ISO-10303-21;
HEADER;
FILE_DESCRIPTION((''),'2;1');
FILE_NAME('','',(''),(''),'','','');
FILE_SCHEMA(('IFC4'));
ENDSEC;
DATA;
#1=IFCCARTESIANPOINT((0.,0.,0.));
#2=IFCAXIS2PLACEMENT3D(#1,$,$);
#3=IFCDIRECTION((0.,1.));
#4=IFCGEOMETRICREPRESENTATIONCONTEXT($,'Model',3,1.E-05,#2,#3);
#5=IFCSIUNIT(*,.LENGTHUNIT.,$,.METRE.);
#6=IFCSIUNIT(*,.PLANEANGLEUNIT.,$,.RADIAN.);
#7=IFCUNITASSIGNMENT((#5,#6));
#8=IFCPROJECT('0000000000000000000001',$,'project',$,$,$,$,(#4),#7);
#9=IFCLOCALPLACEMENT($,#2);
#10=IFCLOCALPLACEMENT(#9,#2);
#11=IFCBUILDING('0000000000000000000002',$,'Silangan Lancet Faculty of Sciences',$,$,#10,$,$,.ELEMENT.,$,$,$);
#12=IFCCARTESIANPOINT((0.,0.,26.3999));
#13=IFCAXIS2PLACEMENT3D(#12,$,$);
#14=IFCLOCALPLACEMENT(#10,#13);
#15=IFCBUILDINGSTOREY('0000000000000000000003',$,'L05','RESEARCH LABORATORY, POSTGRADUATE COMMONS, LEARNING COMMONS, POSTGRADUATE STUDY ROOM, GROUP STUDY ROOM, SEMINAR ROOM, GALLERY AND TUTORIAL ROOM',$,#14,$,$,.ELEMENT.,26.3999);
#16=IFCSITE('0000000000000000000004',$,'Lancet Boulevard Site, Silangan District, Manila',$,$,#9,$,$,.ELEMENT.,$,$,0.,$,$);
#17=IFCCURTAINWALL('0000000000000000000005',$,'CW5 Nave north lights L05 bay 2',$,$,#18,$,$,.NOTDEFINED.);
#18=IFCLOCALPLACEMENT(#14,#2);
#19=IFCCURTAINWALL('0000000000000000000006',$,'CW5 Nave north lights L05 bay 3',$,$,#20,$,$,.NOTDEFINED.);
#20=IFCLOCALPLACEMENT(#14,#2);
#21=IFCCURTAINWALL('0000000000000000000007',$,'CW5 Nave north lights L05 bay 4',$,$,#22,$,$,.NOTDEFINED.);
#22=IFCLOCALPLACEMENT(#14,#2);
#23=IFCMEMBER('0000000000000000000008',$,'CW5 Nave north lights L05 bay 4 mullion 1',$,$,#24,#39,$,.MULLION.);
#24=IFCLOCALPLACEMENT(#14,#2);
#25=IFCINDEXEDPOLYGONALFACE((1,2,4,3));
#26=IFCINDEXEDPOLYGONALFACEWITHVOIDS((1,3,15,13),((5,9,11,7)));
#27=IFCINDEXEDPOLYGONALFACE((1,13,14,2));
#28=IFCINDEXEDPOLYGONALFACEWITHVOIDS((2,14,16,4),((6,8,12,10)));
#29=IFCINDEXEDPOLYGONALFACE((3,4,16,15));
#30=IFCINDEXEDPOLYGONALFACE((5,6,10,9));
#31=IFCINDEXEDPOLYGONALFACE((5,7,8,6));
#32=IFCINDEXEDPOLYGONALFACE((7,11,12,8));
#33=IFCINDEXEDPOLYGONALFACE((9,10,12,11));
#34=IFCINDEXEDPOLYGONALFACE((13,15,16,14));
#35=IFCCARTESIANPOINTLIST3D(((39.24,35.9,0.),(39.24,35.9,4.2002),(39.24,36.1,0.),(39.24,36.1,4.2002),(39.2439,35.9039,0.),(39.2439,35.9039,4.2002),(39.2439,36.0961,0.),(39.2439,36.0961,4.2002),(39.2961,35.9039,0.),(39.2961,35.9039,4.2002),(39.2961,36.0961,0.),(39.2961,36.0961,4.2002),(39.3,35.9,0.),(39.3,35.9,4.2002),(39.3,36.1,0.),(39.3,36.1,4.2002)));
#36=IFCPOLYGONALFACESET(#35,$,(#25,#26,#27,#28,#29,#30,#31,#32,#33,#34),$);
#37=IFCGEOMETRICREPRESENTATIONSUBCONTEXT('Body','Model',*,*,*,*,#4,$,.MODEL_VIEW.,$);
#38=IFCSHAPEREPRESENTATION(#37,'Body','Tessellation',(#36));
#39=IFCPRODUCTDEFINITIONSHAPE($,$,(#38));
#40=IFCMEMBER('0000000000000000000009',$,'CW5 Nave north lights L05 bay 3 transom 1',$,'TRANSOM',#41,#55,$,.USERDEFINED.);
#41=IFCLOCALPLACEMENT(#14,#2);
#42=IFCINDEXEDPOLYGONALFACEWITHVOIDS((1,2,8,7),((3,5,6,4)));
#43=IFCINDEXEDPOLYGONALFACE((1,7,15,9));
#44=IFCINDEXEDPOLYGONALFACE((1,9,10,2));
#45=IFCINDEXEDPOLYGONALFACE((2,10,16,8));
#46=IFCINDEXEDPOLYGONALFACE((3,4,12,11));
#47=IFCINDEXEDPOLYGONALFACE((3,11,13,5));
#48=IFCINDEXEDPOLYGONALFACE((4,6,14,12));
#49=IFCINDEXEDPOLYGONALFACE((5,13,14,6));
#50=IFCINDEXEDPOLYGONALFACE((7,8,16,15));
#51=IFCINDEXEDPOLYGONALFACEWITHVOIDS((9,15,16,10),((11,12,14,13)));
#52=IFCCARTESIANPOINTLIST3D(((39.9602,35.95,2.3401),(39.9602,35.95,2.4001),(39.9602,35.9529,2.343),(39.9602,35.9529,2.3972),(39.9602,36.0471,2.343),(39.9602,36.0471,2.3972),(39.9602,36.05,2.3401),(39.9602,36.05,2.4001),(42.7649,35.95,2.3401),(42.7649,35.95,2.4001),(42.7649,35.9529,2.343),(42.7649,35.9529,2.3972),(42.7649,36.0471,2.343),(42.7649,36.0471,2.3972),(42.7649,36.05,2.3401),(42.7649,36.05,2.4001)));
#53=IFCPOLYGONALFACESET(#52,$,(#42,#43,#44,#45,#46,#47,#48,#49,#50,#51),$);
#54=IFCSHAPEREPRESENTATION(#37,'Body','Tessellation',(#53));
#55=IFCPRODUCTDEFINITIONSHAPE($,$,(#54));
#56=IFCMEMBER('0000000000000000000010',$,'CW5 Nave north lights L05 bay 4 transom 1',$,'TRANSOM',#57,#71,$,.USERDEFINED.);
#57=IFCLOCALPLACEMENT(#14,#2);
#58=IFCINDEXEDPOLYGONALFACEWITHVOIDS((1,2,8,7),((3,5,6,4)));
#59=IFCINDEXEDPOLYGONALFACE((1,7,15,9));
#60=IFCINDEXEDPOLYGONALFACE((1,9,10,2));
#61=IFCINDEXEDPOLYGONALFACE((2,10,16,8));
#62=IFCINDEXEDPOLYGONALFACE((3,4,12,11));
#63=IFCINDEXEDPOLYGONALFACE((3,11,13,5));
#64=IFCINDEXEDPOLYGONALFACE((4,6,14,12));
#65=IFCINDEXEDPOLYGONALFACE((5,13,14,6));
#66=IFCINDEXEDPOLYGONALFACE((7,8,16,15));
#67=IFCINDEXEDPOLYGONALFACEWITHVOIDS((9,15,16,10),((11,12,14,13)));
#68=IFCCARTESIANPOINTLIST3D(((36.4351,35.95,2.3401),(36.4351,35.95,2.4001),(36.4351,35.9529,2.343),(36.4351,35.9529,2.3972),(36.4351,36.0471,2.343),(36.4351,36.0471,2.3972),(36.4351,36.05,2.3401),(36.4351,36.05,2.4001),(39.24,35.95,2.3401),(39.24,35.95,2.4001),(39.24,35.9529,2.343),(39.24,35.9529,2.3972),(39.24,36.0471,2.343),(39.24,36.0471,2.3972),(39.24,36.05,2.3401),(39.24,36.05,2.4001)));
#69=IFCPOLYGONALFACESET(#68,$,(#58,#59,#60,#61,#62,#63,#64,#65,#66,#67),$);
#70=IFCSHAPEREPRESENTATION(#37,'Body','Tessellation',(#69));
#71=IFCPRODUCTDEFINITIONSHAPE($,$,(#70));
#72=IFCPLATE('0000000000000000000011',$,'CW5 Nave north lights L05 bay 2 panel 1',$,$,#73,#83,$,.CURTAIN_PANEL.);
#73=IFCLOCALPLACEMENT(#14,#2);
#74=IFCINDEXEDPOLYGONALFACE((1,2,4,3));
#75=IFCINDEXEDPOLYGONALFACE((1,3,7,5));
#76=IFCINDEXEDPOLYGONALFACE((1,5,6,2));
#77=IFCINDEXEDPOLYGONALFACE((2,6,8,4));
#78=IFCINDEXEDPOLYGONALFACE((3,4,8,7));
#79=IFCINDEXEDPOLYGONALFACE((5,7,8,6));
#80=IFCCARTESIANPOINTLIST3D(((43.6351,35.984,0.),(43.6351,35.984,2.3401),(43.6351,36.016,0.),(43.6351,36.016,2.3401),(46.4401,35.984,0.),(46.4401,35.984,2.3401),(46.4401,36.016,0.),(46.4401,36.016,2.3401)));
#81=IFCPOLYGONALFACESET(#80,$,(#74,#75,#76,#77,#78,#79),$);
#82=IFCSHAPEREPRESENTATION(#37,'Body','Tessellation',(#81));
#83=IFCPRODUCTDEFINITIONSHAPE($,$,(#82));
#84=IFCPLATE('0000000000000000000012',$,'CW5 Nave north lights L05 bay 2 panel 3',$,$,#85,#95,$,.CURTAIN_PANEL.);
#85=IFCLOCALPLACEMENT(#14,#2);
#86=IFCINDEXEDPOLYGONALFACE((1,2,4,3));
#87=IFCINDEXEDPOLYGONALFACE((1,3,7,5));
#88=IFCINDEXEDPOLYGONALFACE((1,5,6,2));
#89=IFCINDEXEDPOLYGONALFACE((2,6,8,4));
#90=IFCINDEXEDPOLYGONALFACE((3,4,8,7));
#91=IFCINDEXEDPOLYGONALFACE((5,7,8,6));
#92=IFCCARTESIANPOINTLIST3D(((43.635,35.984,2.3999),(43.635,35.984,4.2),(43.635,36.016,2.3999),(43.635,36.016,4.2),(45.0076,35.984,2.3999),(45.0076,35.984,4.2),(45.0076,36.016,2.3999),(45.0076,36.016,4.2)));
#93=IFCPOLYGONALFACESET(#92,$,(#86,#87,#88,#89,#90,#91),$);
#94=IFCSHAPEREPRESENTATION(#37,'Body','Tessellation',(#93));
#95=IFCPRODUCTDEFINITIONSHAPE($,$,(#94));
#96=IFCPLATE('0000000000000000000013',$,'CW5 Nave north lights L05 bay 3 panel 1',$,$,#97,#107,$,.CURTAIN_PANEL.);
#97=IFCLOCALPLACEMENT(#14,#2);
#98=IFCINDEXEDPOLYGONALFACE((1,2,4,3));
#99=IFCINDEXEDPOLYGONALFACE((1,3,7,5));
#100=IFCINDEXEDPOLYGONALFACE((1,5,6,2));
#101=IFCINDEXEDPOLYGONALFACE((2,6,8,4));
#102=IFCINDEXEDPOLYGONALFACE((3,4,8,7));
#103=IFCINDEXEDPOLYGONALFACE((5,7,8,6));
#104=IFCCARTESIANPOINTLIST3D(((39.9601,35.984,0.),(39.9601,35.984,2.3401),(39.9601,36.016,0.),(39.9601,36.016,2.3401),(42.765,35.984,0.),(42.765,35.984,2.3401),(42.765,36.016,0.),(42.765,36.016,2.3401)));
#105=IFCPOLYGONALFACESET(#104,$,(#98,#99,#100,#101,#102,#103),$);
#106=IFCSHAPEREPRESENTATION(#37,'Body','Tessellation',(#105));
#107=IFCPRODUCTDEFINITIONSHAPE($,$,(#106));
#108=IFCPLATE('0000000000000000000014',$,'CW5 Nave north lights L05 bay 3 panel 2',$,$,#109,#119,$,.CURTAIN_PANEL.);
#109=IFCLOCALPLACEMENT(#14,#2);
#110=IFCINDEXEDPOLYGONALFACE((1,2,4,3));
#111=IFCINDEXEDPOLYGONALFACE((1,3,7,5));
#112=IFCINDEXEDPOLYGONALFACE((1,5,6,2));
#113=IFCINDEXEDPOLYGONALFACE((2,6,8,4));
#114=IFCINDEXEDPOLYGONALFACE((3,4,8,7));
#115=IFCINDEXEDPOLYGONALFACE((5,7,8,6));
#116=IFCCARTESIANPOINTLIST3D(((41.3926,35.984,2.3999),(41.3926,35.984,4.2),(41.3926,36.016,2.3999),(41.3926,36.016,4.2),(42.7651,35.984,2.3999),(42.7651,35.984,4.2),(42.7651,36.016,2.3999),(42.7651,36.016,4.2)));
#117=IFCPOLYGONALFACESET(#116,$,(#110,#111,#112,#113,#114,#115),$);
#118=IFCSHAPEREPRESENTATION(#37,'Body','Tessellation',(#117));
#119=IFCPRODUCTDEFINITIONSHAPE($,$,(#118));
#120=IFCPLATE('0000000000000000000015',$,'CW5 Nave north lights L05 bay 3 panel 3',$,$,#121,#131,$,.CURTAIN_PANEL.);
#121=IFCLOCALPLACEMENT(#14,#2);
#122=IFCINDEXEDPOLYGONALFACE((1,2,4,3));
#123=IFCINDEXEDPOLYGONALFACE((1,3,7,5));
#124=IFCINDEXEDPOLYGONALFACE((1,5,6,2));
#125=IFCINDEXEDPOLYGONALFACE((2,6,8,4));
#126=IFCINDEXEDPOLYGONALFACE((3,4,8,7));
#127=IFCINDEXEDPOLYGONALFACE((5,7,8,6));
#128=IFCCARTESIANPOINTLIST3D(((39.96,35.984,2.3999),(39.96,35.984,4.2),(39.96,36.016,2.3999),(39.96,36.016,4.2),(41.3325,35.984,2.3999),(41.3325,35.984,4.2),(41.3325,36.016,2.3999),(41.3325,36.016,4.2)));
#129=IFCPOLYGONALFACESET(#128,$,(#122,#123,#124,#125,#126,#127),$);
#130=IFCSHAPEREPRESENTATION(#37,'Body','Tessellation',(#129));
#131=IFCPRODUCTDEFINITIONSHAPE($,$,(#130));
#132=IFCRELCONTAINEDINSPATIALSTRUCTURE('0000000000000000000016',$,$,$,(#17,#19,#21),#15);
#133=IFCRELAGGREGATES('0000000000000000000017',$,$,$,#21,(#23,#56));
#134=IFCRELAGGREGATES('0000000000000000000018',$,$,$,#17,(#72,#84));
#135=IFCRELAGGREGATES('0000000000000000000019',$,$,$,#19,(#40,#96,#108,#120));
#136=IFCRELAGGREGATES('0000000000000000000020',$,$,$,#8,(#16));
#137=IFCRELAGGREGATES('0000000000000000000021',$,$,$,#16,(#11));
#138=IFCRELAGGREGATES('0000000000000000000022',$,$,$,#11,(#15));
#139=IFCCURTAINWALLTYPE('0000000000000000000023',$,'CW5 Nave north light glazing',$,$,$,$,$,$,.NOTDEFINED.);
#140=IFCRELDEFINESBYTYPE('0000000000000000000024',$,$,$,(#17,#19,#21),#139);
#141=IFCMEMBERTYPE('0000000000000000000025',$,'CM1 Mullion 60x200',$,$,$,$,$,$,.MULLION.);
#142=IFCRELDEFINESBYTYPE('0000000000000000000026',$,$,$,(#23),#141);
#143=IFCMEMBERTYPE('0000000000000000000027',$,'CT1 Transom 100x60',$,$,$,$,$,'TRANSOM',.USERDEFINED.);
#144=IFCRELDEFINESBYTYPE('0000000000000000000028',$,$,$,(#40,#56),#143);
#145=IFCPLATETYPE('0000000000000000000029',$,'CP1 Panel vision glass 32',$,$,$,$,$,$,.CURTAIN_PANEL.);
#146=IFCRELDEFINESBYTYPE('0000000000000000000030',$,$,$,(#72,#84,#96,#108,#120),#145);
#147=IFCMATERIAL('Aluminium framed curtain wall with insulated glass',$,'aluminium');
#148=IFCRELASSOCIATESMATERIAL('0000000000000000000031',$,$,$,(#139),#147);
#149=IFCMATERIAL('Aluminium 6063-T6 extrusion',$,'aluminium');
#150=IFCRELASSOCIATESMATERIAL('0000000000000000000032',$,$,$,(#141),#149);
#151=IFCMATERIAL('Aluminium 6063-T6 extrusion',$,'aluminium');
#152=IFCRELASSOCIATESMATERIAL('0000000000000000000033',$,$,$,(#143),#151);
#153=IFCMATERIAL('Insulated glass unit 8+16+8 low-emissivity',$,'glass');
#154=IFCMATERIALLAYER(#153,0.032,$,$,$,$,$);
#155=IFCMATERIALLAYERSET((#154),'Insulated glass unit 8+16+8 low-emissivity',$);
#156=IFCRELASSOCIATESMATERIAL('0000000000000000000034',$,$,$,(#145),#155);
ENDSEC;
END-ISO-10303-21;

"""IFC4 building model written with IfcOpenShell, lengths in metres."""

from ifc_helpers import new_model, si_unit, direction, frame, origin, origin_2d, place, context, subcontext, project, spatial, rectangle, hollow_rectangle, extrude, material, layer, layer_set, material_profile, profile_set, type_object, element, aggregate, save


model = new_model("IFC4")

# Units and contexts
model_context = context("Model", 3, precision=1e-05, world=origin(), true_north=direction((0.0, 1.0)))
body_context = subcontext(model_context, "Body", "Model", "MODEL_VIEW")
ifc_project = project(units=[si_unit("LENGTHUNIT", "METRE"), si_unit("PLANEANGLEUNIT", "RADIAN")], contexts=[model_context])

# Site, building, storey
site_placement = place(None, origin())
site = spatial("IfcSite", under=ifc_project, at=site_placement, Name="Lancet Boulevard Site, Silangan District, Manila", CompositionType="ELEMENT", RefElevation=0.0)
building_placement = place(site_placement, origin())
building = spatial("IfcBuilding", under=site, at=building_placement, Name="Silangan Lancet Faculty of Sciences", CompositionType="ELEMENT")
storey_placement = place(building_placement, frame((0.0, 0.0, 26.3999)))
storey = spatial("IfcBuildingStorey", under=building, at=storey_placement, Name="L05", Description="RESEARCH LABORATORY, POSTGRADUATE COMMONS, LEARNING COMMONS, POSTGRADUATE STUDY ROOM, GROUP STUDY ROOM, SEMINAR ROOM, GALLERY AND TUTORIAL ROOM", CompositionType="ELEMENT", Elevation=26.3999)

# Curtain walls
ifc_material_1 = material(Name="Aluminium framed curtain wall with insulated glass", Category="aluminium")
curtain_wall_type = type_object("IfcCurtainWallType", Name="CW5 Nave north light glazing", PredefinedType="NOTDEFINED", material=ifc_material_1)
curtain_wall_1_placement = place(storey_placement, origin())
curtain_wall_1 = element("IfcCurtainWall", 1, at=curtain_wall_1_placement, inside=storey, type_object=curtain_wall_type, Name="CW5 Nave north lights L05 bay 2", PredefinedType="NOTDEFINED")
ifc_material_2 = material(Name="Aluminium 6063-T6 extrusion", Category="aluminium")
ifc_material_profile_1 = material_profile(ifc_material_2, hollow_rectangle(XDim=0.0601, YDim=0.2, WallThickness=0.0039, at=origin_2d()), Name="AL BOX 60x200x4")
ifc_profile_set_1 = profile_set([ifc_material_profile_1], Name="Aluminium 6063-T6 extrusion")
member_type_1 = type_object("IfcMemberType", Name="CM1 Mullion 60x200", PredefinedType="MULLION", material=ifc_profile_set_1)
curtain_wall_2_placement = place(storey_placement, origin())
curtain_wall_2 = element("IfcCurtainWall", 2, at=curtain_wall_2_placement, inside=storey, type_object=curtain_wall_type, Name="CW5 Nave north lights L05 bay 3", PredefinedType="NOTDEFINED")

# Curtain wall, member
curtain_wall_3_placement = place(storey_placement, origin())
curtain_wall_3 = element("IfcCurtainWall", 3, at=curtain_wall_3_placement, inside=storey, type_object=curtain_wall_type, Name="CW5 Nave north lights L05 bay 4", PredefinedType="NOTDEFINED")
member_1_placement = place(storey_placement, frame((39.27, 36.0, 0.0), z_axis=(0.0, 0.0, 1.0), x_axis=(-1.0, 0.0, 0.0)))
member_1 = element("IfcMember", 4, at=member_1_placement, type_object=member_type_1, Name="CW5 Nave north lights L05 bay 4 mullion 1", PredefinedType="MULLION", context=body_context, shape_type="SweptSolid", body=[
    extrude(hollow_rectangle(XDim=0.0601, YDim=0.2, WallThickness=0.0039, at=origin_2d()), origin(), (0.0, 0.0, 1.0), 4.2002),
])

# Members
ifc_material_3 = material(Name="Aluminium 6063-T6 extrusion", Category="aluminium")
ifc_material_profile_2 = material_profile(ifc_material_3, hollow_rectangle(XDim=0.1001, YDim=0.0601, WallThickness=0.0029, at=origin_2d()), Name="AL BOX 100x60x3")
ifc_profile_set_2 = profile_set([ifc_material_profile_2], Name="Aluminium 6063-T6 extrusion")
member_type_2 = type_object("IfcMemberType", Name="CT1 Transom 100x60", ElementType="TRANSOM", PredefinedType="USERDEFINED", material=ifc_profile_set_2)
member_2_placement = place(storey_placement, frame((42.7649, 36.0, 2.3701), z_axis=(-1.0, 0.0, 0.0), x_axis=(0.0, -1.0, 0.0)))
member_2 = element("IfcMember", 5, at=member_2_placement, type_object=member_type_2, Name="CW5 Nave north lights L05 bay 3 transom 1", ObjectType="TRANSOM", PredefinedType="USERDEFINED", context=body_context, shape_type="SweptSolid", body=[
    extrude(hollow_rectangle(XDim=0.1001, YDim=0.0601, WallThickness=0.0029, at=origin_2d()), origin(), (0.0, 0.0, 1.0), 2.8047),
])
member_3_placement = place(storey_placement, frame((39.24, 36.0, 2.3701), z_axis=(-1.0, 0.0, 0.0), x_axis=(0.0, -1.0, 0.0)))
member_3 = element("IfcMember", 6, at=member_3_placement, type_object=member_type_2, Name="CW5 Nave north lights L05 bay 4 transom 1", ObjectType="TRANSOM", PredefinedType="USERDEFINED", context=body_context, shape_type="SweptSolid", body=[
    extrude(hollow_rectangle(XDim=0.1001, YDim=0.0601, WallThickness=0.0029, at=origin_2d()), origin(), (0.0, 0.0, 1.0), 2.8049),
])
aggregate(curtain_wall_3, [member_1, member_3])

# Plates
ifc_material_4 = material(Name="Insulated glass unit 8+16+8 low-emissivity", Category="glass")
ifc_layer_1 = layer(ifc_material_4, 0.032)
ifc_layer_set_1 = layer_set([ifc_layer_1], Name="Insulated glass unit 8+16+8 low-emissivity")
plate_type = type_object("IfcPlateType", Name="CP1 Panel vision glass 32", PredefinedType="CURTAIN_PANEL", material=ifc_layer_set_1)
plate_1_placement = place(storey_placement, frame((45.0376, 36.0, 0.0), z_axis=(0.0, 0.0, 1.0), x_axis=(-1.0, 0.0, 0.0)))
plate_1 = element("IfcPlate", 7, at=plate_1_placement, type_object=plate_type, Name="CW5 Nave north lights L05 bay 2 panel 1", PredefinedType="CURTAIN_PANEL", context=body_context, shape_type="SweptSolid", body=[
    extrude(rectangle(XDim=2.8049, YDim=0.032, at=origin_2d()), origin(), (0.0, 0.0, 1.0), 2.3401),
])
plate_2_placement = place(storey_placement, frame((44.3213, 36.0, 2.3999), z_axis=(0.0, 0.0, 1.0), x_axis=(-1.0, 0.0, 0.0)))
plate_2 = element("IfcPlate", 8, at=plate_2_placement, type_object=plate_type, Name="CW5 Nave north lights L05 bay 2 panel 3", PredefinedType="CURTAIN_PANEL", context=body_context, shape_type="SweptSolid", body=[
    extrude(rectangle(XDim=1.3726, YDim=0.032, at=origin_2d()), origin(), (0.0, 0.0, 1.0), 1.8),
])
aggregate(curtain_wall_1, [plate_1, plate_2])
plate_3_placement = place(storey_placement, frame((41.3625, 36.0, 0.0), z_axis=(0.0, 0.0, 1.0), x_axis=(-1.0, 0.0, 0.0)))
plate_3 = element("IfcPlate", 9, at=plate_3_placement, type_object=plate_type, Name="CW5 Nave north lights L05 bay 3 panel 1", PredefinedType="CURTAIN_PANEL", context=body_context, shape_type="SweptSolid", body=[
    extrude(rectangle(XDim=2.8049, YDim=0.032, at=origin_2d()), origin(), (0.0, 0.0, 1.0), 2.3401),
])
plate_4_placement = place(storey_placement, frame((42.0789, 36.0, 2.3999), z_axis=(0.0, 0.0, 1.0), x_axis=(-1.0, 0.0, 0.0)))
plate_4 = element("IfcPlate", 10, at=plate_4_placement, type_object=plate_type, Name="CW5 Nave north lights L05 bay 3 panel 2", PredefinedType="CURTAIN_PANEL", context=body_context, shape_type="SweptSolid", body=[
    extrude(rectangle(XDim=1.3726, YDim=0.032, at=origin_2d()), origin(), (0.0, 0.0, 1.0), 1.8),
])
plate_5_placement = place(storey_placement, frame((40.6462, 36.0, 2.3999), z_axis=(0.0, 0.0, 1.0), x_axis=(-1.0, 0.0, 0.0)))
plate_5 = element("IfcPlate", 11, at=plate_5_placement, type_object=plate_type, Name="CW5 Nave north lights L05 bay 3 panel 3", PredefinedType="CURTAIN_PANEL", context=body_context, shape_type="SweptSolid", body=[
    extrude(rectangle(XDim=1.3726, YDim=0.032, at=origin_2d()), origin(), (0.0, 0.0, 1.0), 1.8),
])
aggregate(curtain_wall_2, [member_2, plate_3, plate_4, plate_5])

save(model, "model.ifc")
